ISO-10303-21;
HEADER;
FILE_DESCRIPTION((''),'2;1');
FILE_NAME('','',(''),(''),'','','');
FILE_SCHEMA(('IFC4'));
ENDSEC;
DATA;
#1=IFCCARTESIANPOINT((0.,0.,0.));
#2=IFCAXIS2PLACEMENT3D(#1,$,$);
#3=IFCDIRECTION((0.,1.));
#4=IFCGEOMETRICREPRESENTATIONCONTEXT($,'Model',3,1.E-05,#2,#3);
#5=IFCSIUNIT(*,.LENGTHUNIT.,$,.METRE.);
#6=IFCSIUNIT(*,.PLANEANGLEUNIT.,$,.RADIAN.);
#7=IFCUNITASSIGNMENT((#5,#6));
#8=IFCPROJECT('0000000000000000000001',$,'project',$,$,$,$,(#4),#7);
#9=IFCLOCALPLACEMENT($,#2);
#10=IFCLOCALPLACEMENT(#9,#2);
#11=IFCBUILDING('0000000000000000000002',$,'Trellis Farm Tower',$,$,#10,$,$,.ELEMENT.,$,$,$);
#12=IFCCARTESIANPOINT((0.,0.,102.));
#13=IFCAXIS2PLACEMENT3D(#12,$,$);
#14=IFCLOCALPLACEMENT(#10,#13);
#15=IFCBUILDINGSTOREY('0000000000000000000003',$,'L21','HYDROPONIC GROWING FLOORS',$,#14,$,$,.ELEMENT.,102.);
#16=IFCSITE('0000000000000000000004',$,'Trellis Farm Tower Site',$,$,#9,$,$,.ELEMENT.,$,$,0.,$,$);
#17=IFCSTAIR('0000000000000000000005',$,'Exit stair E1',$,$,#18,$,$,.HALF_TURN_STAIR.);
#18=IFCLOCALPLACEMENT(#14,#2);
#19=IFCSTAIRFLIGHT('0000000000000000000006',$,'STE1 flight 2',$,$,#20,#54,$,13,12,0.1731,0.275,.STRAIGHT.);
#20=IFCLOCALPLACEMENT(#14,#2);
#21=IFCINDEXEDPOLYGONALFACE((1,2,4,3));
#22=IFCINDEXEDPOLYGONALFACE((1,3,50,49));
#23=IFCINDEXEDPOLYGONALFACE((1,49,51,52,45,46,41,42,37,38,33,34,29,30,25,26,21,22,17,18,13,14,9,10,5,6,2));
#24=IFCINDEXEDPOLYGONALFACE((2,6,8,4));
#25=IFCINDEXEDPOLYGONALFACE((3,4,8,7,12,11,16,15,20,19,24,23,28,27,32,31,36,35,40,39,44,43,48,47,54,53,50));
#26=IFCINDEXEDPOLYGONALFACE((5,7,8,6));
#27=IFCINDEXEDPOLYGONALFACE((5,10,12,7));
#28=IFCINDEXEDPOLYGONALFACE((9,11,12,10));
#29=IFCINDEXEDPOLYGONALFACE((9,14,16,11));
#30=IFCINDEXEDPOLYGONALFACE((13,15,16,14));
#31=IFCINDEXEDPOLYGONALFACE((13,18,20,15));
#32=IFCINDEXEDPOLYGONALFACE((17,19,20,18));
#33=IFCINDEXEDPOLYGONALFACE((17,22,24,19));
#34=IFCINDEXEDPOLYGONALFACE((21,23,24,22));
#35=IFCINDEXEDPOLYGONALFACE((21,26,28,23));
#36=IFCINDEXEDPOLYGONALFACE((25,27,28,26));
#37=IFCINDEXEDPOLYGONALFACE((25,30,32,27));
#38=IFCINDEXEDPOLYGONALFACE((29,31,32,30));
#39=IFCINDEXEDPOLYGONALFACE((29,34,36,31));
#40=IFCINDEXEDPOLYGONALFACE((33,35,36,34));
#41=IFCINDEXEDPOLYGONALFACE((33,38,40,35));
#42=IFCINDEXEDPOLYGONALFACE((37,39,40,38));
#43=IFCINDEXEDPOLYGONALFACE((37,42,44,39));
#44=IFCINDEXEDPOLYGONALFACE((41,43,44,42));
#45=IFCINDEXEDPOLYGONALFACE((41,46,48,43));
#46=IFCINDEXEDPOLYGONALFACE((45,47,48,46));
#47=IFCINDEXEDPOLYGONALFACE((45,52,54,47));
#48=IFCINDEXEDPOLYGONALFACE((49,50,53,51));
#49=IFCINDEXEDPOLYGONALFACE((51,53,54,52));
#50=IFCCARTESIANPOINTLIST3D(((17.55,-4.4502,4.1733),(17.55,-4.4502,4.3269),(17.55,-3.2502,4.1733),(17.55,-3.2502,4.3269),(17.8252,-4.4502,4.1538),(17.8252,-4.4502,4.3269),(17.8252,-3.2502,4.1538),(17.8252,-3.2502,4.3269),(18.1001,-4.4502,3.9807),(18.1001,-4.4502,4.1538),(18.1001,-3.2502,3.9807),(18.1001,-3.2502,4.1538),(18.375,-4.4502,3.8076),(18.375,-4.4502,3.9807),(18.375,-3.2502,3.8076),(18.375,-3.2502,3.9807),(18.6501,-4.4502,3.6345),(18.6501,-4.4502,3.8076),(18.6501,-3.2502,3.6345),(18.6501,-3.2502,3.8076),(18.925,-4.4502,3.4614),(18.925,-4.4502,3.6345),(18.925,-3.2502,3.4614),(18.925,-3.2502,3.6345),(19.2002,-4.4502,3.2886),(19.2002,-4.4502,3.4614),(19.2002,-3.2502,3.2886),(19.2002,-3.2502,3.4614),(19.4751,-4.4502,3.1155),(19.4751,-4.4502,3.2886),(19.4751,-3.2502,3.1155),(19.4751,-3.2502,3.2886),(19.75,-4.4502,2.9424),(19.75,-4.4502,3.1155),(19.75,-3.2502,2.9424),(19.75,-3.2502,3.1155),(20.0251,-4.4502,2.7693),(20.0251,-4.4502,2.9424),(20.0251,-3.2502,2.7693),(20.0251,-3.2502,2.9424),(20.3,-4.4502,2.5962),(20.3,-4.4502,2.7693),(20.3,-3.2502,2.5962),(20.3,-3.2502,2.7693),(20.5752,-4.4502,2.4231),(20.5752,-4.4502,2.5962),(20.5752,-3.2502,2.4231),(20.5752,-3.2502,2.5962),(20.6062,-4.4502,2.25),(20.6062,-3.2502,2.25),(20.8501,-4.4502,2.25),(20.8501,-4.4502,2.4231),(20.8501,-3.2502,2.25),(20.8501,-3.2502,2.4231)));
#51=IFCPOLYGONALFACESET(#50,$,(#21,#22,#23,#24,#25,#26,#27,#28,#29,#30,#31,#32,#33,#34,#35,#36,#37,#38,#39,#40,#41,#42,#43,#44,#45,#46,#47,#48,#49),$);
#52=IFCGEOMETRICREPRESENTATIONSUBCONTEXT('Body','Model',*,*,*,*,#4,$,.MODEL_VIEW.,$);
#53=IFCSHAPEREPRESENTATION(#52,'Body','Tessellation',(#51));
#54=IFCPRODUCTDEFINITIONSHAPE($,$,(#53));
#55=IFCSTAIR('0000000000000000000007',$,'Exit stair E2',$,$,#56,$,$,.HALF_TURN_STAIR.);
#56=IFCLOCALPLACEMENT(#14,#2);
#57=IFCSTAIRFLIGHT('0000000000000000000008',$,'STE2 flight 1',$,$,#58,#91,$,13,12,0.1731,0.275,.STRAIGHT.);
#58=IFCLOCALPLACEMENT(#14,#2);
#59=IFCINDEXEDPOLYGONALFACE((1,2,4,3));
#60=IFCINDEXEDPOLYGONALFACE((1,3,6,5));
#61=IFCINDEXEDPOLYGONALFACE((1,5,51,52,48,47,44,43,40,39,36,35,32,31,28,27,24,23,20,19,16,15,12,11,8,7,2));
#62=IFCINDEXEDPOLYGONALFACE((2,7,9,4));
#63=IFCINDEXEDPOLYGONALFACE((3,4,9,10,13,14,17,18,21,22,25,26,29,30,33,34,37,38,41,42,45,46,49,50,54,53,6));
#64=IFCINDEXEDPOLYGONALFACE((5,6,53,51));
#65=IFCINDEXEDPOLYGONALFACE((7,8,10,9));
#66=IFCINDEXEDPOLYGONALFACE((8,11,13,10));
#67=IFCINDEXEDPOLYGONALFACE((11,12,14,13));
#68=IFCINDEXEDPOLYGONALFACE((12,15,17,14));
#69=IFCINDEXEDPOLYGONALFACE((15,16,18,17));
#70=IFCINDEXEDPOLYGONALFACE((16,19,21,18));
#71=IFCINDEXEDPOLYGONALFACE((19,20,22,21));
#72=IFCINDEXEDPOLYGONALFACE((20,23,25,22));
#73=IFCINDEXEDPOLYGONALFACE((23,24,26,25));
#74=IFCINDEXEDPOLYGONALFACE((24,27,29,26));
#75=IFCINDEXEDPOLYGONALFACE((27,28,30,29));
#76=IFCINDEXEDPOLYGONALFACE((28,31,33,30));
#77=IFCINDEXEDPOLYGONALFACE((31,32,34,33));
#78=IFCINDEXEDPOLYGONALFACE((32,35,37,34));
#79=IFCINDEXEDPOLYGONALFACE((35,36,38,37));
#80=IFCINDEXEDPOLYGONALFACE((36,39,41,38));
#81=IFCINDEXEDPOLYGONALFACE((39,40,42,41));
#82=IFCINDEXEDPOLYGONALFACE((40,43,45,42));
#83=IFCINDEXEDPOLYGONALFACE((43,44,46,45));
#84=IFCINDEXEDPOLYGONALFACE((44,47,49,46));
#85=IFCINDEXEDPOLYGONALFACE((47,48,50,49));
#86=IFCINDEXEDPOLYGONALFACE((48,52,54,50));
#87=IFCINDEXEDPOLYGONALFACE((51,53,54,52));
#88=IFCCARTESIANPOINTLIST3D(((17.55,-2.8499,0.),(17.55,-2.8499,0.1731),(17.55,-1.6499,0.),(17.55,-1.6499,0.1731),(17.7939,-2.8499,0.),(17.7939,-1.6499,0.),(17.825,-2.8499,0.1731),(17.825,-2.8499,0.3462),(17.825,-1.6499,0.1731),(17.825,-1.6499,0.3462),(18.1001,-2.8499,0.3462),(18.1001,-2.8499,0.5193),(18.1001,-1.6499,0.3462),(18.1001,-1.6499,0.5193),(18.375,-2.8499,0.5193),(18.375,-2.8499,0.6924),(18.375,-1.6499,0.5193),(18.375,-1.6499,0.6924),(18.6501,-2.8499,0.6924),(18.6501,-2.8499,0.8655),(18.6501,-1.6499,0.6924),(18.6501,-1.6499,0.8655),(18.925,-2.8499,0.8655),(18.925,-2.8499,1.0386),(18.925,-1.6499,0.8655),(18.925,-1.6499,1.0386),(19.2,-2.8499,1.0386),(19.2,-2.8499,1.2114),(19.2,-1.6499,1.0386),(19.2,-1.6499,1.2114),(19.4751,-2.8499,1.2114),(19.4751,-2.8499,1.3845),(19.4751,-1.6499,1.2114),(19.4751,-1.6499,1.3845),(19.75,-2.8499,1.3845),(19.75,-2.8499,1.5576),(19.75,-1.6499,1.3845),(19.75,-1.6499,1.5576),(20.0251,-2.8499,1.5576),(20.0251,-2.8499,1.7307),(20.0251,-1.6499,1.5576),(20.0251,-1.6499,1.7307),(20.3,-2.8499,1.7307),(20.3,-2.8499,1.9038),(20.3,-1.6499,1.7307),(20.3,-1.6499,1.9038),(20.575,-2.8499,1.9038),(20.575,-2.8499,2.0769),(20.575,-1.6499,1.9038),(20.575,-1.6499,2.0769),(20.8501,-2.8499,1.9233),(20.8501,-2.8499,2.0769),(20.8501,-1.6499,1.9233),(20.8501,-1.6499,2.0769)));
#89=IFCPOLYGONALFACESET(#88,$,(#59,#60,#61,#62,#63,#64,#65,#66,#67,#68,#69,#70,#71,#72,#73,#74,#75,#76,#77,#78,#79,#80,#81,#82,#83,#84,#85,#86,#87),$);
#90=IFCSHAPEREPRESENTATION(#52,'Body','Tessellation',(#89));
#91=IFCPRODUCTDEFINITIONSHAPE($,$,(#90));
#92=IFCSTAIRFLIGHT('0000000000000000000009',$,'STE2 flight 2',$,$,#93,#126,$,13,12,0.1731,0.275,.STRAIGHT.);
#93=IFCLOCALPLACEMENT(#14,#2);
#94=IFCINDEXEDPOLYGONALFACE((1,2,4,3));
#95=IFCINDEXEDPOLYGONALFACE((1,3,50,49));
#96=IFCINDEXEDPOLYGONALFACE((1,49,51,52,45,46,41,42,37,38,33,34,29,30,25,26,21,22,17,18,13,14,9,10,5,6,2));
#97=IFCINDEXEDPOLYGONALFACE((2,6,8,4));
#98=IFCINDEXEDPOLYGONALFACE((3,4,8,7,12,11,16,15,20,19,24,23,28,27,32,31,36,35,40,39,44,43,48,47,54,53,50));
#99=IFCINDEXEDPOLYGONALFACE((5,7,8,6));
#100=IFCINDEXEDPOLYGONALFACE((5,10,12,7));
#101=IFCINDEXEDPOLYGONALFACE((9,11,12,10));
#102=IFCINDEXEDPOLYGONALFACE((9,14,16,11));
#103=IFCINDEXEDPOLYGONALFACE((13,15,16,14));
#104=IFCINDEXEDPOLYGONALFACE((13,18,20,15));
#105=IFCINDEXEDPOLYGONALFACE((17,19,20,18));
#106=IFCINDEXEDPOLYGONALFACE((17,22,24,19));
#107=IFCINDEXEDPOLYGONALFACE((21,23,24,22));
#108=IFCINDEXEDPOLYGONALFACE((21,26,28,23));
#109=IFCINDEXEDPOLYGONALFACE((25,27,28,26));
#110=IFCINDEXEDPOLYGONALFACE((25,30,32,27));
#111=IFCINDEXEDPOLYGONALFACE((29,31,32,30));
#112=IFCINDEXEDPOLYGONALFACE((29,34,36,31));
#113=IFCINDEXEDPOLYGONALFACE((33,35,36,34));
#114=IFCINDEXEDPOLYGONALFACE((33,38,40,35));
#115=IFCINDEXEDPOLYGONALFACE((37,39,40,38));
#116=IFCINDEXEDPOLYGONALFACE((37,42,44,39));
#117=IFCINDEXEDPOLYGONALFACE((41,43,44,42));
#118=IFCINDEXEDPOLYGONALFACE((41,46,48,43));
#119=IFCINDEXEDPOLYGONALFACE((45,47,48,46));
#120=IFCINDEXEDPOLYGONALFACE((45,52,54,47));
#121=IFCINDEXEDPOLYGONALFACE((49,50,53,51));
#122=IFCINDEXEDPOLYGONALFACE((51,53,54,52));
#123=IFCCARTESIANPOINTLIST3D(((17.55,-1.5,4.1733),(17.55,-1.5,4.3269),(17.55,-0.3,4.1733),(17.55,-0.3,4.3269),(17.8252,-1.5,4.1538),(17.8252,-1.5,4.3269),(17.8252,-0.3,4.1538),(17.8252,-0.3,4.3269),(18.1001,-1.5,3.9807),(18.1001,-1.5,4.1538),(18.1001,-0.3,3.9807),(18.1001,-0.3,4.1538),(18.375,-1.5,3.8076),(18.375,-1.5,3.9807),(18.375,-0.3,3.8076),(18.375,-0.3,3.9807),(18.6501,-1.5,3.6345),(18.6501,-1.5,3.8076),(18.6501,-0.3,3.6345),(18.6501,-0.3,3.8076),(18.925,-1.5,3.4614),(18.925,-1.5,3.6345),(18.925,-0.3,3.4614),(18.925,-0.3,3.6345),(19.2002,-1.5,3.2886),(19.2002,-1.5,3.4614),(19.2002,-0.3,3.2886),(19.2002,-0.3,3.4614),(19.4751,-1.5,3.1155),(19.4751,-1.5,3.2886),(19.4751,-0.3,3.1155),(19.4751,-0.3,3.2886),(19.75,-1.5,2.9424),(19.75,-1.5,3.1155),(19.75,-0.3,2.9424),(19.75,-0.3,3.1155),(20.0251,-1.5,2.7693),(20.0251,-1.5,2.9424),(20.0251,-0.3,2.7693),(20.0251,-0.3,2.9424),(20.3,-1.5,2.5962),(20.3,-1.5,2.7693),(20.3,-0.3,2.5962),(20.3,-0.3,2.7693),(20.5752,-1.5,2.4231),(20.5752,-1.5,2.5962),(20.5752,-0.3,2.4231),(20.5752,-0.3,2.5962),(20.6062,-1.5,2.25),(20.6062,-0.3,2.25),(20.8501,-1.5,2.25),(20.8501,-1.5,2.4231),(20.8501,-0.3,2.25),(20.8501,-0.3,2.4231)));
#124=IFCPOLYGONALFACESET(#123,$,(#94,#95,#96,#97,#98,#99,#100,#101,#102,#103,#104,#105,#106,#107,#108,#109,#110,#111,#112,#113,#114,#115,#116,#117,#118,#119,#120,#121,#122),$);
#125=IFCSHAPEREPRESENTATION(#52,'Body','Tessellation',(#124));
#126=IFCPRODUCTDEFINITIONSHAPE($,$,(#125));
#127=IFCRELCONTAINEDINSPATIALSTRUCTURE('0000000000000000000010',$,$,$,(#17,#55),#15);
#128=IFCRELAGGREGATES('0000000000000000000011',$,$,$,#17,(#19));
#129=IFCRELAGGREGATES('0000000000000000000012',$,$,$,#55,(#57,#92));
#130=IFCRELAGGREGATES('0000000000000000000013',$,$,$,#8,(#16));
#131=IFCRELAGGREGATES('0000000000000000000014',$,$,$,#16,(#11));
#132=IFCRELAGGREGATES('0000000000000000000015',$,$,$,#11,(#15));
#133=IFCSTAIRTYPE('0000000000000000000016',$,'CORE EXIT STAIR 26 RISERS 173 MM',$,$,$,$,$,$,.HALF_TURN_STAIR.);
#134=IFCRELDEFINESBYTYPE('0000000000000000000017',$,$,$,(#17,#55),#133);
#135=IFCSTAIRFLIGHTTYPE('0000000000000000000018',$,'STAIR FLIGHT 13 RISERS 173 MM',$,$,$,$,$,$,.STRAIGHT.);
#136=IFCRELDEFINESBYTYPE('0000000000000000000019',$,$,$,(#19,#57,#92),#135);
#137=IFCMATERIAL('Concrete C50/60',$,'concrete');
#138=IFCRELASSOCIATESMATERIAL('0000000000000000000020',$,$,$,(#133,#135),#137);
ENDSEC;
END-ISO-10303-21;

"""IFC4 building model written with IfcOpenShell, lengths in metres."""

from ifc_helpers import new_model, si_unit, direction, frame, origin, place, context, subcontext, project, spatial, polyline, outline, extrude, source, transform, mapped, material, type_object, element, aggregate, save


model = new_model("IFC4")

# Units and contexts
model_context = context("Model", 3, precision=1e-05, world=origin(), true_north=direction((0.0, 1.0)))
body_context = subcontext(model_context, "Body", "Model", "MODEL_VIEW")
ifc_project = project(units=[si_unit("LENGTHUNIT", "METRE"), si_unit("PLANEANGLEUNIT", "RADIAN")], contexts=[model_context])

# Site, building, storey
site_placement = place(None, origin())
site = spatial("IfcSite", under=ifc_project, at=site_placement, Name="Trellis Farm Tower Site", CompositionType="ELEMENT", RefElevation=0.0)
building_placement = place(site_placement, origin())
building = spatial("IfcBuilding", under=site, at=building_placement, Name="Trellis Farm Tower", CompositionType="ELEMENT")
storey_placement = place(building_placement, frame((0.0, 0.0, 102.0)))
storey = spatial("IfcBuildingStorey", under=building, at=storey_placement, Name="L21", Description="HYDROPONIC GROWING FLOORS", CompositionType="ELEMENT", Elevation=102.0)

# Shared definitions
placement_1 = place(storey_placement, origin())

# Stair, stair flight
ifc_material_1 = material(Name="Concrete C50/60", Category="concrete")
stair_type = type_object("IfcStairType", Name="CORE EXIT STAIR 26 RISERS 173 MM", PredefinedType="HALF_TURN_STAIR", material=ifc_material_1)
stair_1 = element("IfcStair", 1, at=placement_1, inside=storey, type_object=stair_type, Name="Exit stair E1", PredefinedType="HALF_TURN_STAIR")
stair_flight_type = type_object("IfcStairFlightType", Name="STAIR FLIGHT 13 RISERS 173 MM", PredefinedType="STRAIGHT", material=ifc_material_1)
shared_shape_1 = source(origin(), body_context, "Body", "SweptSolid", [
    extrude(outline(polyline([(0.0, 0.0), (0.0, 0.1731), (0.2749, 0.1731), (0.2749, 0.3462), (0.55, 0.3462), (0.55, 0.5193), (0.825, 0.5193), (0.825, 0.6924), (1.1001, 0.6924), (1.1001, 0.8655), (1.375, 0.8655), (1.375, 1.0386), (1.6499, 1.0386), (1.6499, 1.2114), (1.925, 1.2114), (1.925, 1.3845), (2.2, 1.3845), (2.2, 1.5576), (2.4751, 1.5576), (2.4751, 1.7307), (2.75, 1.7307), (2.75, 1.9038), (3.0249, 1.9038), (3.0249, 2.0769), (3.3, 2.0769), (3.3, 2.25), (3.3, 1.9233), (0.2439, 0.0), (0.0, 0.0)])), frame((0.0, 0.6001, 0.0), z_axis=(0.0, -1.0, 0.0), x_axis=(1.0, 0.0, 0.0)), (0.0, 0.0, 1.0), 1.2),
])
stair_flight_1_placement = place(storey_placement, frame((20.8501, -3.8501, 2.25), z_axis=(0.0, 0.0, 1.0), x_axis=(-1.0, 0.0, 0.0)))
stair_flight_1 = element("IfcStairFlight", 2, at=stair_flight_1_placement, type_object=stair_flight_type, Name="STE1 flight 2", NumberOfRisers=13, NumberOfTreads=12, PredefinedType="STRAIGHT", RiserHeight=0.1731, TreadLength=0.275, context=body_context, shape_type="MappedRepresentation", body=[
    mapped(shared_shape_1, transform((0.0, 0.0, 0.0))),
])
aggregate(stair_1, [stair_flight_1])

# Stair, stair flights
stair_2 = element("IfcStair", 3, at=placement_1, inside=storey, type_object=stair_type, Name="Exit stair E2", PredefinedType="HALF_TURN_STAIR")
stair_flight_2_placement = place(storey_placement, frame((17.55, -2.25, 0.0), z_axis=(0.0, 0.0, 1.0), x_axis=(1.0, 0.0, 0.0)))
stair_flight_2 = element("IfcStairFlight", 4, at=stair_flight_2_placement, type_object=stair_flight_type, Name="STE2 flight 1", NumberOfRisers=13, NumberOfTreads=12, PredefinedType="STRAIGHT", RiserHeight=0.1731, TreadLength=0.275, context=body_context, shape_type="MappedRepresentation", body=[
    mapped(shared_shape_1, transform((0.0, 0.0, 0.0))),
])
stair_flight_3_placement = place(storey_placement, frame((20.8501, -0.8999, 2.25), z_axis=(0.0, 0.0, 1.0), x_axis=(-1.0, 0.0, 0.0)))
stair_flight_3 = element("IfcStairFlight", 5, at=stair_flight_3_placement, type_object=stair_flight_type, Name="STE2 flight 2", NumberOfRisers=13, NumberOfTreads=12, PredefinedType="STRAIGHT", RiserHeight=0.1731, TreadLength=0.275, context=body_context, shape_type="MappedRepresentation", body=[
    mapped(shared_shape_1, transform((0.0, 0.0, 0.0))),
])
aggregate(stair_2, [stair_flight_2, stair_flight_3])

save(model, "model.ifc")
